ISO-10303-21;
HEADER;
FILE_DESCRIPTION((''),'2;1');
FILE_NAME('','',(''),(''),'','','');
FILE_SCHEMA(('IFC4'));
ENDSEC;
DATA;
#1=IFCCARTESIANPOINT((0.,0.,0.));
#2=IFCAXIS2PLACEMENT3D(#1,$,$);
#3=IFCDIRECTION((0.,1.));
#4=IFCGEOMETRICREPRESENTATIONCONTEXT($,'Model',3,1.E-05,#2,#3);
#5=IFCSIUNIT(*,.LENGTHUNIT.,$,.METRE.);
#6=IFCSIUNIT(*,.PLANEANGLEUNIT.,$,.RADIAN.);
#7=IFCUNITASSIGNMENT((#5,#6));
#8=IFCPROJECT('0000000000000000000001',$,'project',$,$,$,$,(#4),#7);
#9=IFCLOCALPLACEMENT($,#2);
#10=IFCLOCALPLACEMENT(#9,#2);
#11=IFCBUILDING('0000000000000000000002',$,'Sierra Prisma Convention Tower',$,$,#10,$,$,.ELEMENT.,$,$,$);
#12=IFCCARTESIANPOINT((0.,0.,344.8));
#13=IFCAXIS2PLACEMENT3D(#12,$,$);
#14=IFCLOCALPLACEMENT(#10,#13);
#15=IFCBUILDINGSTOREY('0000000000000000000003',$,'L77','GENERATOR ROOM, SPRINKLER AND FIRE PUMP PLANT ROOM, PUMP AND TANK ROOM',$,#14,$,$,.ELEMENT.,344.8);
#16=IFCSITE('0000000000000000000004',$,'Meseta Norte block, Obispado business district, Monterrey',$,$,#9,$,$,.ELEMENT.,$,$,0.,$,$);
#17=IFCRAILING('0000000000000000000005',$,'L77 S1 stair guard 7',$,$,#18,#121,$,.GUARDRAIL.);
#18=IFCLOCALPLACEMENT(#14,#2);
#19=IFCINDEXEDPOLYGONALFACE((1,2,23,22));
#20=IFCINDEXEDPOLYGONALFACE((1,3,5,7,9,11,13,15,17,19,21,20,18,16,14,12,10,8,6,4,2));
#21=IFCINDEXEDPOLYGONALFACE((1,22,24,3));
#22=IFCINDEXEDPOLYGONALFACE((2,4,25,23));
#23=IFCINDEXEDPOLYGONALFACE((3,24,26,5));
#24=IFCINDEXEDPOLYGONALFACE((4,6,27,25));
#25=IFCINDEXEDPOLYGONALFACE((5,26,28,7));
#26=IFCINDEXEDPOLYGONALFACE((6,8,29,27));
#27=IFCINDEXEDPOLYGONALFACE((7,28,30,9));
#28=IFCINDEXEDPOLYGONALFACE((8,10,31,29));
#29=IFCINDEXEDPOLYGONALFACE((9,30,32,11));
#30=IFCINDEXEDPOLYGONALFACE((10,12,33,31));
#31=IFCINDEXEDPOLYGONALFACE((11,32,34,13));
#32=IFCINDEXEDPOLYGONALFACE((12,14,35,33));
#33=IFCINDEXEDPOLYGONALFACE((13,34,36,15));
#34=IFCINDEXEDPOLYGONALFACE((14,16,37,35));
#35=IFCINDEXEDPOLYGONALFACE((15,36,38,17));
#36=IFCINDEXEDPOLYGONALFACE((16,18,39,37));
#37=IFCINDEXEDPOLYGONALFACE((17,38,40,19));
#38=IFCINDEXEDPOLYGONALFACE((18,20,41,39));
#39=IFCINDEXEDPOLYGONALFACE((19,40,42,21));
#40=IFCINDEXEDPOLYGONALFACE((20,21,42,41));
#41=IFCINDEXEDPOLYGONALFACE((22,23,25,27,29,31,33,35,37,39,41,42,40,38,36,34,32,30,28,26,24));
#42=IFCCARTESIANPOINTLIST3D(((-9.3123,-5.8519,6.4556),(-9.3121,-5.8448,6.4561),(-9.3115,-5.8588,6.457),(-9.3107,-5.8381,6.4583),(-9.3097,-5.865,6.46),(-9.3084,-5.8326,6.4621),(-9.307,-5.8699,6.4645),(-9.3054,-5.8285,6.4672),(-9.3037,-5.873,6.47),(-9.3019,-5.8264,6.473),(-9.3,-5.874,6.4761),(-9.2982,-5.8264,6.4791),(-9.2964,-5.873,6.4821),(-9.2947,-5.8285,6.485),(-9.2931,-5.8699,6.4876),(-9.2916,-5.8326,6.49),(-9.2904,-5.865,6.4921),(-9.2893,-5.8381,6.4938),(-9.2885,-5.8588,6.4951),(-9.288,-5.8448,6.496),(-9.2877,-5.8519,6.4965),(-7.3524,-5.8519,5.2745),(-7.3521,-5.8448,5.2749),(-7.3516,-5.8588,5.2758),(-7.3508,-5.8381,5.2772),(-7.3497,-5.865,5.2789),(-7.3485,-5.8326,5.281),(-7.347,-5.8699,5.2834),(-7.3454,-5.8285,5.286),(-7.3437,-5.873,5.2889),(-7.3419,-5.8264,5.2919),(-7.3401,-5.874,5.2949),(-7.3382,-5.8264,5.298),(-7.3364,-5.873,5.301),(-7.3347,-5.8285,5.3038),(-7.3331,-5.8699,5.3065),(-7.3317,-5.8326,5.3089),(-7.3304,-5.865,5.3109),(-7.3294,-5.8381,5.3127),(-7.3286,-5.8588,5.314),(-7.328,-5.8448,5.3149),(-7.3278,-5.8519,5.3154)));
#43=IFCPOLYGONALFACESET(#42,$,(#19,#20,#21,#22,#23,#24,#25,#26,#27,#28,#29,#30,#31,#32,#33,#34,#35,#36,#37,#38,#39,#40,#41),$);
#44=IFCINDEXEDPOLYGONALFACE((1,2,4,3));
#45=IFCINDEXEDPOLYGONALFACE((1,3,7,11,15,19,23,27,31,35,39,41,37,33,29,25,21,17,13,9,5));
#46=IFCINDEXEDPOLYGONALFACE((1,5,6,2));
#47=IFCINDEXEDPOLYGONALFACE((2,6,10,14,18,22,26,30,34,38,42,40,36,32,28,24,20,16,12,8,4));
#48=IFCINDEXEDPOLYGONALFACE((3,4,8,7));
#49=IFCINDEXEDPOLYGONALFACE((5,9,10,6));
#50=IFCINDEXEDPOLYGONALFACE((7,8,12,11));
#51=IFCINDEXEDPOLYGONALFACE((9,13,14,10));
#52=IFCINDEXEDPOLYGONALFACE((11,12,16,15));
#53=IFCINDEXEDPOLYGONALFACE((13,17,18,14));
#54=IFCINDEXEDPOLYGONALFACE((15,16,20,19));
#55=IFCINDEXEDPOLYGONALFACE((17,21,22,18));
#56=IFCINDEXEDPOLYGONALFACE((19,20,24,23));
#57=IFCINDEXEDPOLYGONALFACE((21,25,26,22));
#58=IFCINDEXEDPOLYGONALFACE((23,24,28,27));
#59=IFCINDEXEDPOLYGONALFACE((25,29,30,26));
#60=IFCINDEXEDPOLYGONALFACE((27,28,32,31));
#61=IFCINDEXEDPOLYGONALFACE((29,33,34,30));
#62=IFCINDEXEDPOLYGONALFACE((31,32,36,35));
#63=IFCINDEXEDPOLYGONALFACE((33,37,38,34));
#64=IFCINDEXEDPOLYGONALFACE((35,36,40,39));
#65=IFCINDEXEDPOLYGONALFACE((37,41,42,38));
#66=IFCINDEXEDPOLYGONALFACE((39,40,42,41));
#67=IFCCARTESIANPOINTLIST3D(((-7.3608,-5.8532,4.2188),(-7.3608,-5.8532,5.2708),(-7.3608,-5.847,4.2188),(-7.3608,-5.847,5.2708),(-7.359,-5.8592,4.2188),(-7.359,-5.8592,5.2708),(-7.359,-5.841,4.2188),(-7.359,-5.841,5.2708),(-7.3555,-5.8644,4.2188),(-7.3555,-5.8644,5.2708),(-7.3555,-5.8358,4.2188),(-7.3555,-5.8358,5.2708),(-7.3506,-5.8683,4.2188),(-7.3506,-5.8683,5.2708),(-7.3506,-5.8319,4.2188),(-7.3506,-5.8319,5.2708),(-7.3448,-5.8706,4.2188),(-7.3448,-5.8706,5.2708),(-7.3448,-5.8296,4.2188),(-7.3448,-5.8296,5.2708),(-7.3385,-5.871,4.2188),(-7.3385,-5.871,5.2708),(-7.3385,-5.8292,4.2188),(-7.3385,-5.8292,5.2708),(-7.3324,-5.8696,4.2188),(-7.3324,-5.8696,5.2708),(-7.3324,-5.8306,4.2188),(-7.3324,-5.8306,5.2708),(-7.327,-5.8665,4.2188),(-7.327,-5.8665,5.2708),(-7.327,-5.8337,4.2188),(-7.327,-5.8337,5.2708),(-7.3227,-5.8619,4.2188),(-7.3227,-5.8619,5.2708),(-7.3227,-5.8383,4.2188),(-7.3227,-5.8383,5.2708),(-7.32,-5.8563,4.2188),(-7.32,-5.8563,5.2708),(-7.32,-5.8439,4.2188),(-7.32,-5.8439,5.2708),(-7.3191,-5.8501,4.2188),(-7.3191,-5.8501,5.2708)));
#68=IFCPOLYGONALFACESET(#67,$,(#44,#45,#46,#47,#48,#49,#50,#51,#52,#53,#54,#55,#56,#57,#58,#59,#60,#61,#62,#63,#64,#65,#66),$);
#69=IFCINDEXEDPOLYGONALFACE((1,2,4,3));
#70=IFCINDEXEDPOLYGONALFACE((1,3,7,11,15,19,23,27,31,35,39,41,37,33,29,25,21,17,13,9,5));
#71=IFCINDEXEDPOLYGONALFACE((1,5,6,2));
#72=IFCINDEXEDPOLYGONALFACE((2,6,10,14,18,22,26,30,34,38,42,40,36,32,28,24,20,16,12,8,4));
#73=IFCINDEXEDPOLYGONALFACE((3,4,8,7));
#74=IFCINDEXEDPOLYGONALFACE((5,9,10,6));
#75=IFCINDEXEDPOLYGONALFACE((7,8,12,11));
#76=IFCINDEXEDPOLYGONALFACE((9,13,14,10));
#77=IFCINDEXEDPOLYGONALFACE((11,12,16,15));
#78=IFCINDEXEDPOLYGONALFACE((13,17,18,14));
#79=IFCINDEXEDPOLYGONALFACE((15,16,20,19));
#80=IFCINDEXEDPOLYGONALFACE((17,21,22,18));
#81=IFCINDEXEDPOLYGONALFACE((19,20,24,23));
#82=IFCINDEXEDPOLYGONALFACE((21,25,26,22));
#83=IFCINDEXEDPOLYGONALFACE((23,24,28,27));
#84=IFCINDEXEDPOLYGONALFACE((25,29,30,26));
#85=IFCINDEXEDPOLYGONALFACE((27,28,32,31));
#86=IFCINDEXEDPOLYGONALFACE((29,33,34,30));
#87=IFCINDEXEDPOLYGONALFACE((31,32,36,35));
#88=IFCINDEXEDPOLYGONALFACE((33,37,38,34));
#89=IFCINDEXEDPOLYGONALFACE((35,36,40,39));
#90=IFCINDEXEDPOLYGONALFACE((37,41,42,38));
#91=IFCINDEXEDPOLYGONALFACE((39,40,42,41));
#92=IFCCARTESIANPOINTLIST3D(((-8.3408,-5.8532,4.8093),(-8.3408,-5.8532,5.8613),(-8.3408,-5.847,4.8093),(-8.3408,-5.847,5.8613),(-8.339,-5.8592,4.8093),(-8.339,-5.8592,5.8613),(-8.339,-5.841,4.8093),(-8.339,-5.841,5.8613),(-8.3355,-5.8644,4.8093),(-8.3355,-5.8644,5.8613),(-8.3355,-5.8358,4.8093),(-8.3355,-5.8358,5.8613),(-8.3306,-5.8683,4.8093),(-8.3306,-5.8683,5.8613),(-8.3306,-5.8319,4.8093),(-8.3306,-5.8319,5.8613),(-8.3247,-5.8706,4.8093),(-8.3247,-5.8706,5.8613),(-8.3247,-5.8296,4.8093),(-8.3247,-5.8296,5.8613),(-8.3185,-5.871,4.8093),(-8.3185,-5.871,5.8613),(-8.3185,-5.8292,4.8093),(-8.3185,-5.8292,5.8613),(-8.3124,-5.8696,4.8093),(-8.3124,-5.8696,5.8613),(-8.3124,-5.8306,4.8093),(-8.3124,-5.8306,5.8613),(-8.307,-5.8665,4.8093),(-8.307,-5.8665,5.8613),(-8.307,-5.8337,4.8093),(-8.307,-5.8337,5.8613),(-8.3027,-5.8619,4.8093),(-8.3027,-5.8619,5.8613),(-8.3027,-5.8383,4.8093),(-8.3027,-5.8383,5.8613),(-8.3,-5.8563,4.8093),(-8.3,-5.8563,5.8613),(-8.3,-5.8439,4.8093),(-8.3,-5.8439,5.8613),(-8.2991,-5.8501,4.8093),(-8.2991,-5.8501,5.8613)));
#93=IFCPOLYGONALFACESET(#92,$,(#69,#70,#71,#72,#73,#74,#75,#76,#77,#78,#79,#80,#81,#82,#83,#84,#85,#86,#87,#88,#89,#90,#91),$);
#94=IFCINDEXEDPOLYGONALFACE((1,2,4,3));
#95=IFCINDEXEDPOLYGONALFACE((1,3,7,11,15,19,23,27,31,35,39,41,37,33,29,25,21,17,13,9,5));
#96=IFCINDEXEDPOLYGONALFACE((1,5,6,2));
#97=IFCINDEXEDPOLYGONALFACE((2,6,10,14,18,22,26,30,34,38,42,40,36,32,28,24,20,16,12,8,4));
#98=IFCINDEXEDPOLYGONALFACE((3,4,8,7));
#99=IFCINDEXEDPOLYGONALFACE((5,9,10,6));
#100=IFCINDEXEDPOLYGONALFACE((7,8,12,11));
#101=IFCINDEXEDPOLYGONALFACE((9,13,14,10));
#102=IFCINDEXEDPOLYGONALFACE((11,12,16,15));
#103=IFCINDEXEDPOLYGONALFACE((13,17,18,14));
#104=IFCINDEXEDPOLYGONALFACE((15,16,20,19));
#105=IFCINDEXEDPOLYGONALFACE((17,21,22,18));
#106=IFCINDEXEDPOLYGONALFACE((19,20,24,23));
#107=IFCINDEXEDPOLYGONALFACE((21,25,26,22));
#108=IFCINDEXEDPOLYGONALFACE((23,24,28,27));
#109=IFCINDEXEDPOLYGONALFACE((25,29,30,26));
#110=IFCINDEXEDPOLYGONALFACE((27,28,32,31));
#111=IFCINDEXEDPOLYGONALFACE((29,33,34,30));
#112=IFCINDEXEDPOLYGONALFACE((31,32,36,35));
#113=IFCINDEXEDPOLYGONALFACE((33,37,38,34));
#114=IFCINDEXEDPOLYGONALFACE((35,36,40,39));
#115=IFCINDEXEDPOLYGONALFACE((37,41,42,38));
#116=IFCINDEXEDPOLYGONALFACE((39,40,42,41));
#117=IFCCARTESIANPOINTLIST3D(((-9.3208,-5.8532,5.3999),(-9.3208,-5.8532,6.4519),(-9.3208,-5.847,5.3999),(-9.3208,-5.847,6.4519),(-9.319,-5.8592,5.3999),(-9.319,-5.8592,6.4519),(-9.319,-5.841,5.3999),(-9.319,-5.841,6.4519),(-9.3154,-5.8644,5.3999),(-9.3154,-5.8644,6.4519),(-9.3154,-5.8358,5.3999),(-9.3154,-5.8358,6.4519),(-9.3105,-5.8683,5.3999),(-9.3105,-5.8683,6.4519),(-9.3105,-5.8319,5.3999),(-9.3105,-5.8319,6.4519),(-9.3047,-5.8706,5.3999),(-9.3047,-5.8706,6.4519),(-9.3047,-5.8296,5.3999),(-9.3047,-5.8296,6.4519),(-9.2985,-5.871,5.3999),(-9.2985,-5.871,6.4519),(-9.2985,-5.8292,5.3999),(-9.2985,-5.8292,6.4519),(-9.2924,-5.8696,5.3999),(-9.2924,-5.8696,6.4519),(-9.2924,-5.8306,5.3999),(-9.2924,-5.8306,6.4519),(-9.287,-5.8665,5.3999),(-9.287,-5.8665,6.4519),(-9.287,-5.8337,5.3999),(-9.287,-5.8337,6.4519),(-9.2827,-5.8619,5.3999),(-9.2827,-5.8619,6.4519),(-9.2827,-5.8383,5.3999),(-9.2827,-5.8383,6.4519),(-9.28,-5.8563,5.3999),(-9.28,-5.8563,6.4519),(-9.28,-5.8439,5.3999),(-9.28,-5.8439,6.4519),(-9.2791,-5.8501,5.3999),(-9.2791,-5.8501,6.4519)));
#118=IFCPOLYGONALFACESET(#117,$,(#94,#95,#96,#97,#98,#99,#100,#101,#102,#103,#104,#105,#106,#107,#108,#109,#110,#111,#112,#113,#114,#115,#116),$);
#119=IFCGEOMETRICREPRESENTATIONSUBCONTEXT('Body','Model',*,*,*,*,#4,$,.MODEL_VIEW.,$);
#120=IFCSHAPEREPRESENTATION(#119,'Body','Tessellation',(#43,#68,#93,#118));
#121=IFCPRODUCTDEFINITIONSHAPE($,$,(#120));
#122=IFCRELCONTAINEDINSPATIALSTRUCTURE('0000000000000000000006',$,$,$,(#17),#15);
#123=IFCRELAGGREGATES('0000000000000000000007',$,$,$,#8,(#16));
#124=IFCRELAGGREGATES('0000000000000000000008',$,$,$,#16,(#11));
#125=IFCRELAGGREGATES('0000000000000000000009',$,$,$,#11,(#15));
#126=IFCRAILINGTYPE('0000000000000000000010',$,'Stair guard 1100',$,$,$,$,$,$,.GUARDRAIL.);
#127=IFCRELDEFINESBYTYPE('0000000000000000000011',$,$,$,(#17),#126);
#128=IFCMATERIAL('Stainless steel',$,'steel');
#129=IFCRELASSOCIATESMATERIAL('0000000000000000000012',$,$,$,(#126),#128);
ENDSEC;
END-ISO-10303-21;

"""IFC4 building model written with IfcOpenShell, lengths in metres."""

from ifc_helpers import new_model, si_unit, direction, frame, origin, origin_2d, place, context, subcontext, project, spatial, circle, extrude, material, type_object, element, save


model = new_model("IFC4")

# Units and contexts
model_context = context("Model", 3, precision=1e-05, world=origin(), true_north=direction((0.0, 1.0)))
body_context = subcontext(model_context, "Body", "Model", "MODEL_VIEW")
ifc_project = project(units=[si_unit("LENGTHUNIT", "METRE"), si_unit("PLANEANGLEUNIT", "RADIAN")], contexts=[model_context])

# Site, building, storey
site_placement = place(None, origin())
site = spatial("IfcSite", under=ifc_project, at=site_placement, Name="Meseta Norte block, Obispado business district, Monterrey", CompositionType="ELEMENT", RefElevation=0.0)
building_placement = place(site_placement, origin())
building = spatial("IfcBuilding", under=site, at=building_placement, Name="Sierra Prisma Convention Tower", CompositionType="ELEMENT")
storey_placement = place(building_placement, frame((0.0, 0.0, 344.8)))
storey = spatial("IfcBuildingStorey", under=building, at=storey_placement, Name="L77", Description="GENERATOR ROOM, SPRINKLER AND FIRE PUMP PLANT ROOM, PUMP AND TANK ROOM", CompositionType="ELEMENT", Elevation=344.8)

# Railing
ifc_material_1 = material(Name="Stainless steel", Category="steel")
railing_type_1 = type_object("IfcRailingType", Name="Stair guard 1100", PredefinedType="GUARDRAIL", material=ifc_material_1)
railing_1_placement = place(storey_placement, frame((-7.3401, -5.8501, 4.2188)))
element("IfcRailing", 1, at=railing_1_placement, inside=storey, type_object=railing_type_1, Name="L77 S1 stair guard 7", PredefinedType="GUARDRAIL", context=body_context, shape_type="SweptSolid", body=[
    extrude(circle(Radius=0.0239, at=origin_2d()), frame((0.0, 0.0, 1.0762), z_axis=(-0.856493, 0.0, 0.516158), x_axis=(0.0, -1.0, 0.0)), (0.0, 0.0, 1.0), 2.2883),
    extrude(circle(Radius=0.021, at=origin_2d()), origin(), (0.0, 0.0, 1.0), 1.052),
    extrude(circle(Radius=0.021, at=origin_2d()), frame((-0.98, 0.0, 0.5906)), (0.0, 0.0, 1.0), 1.052),
    extrude(circle(Radius=0.021, at=origin_2d()), frame((-1.96, 0.0, 1.1812)), (0.0, 0.0, 1.0), 1.052),
])

save(model, "model.ifc")
